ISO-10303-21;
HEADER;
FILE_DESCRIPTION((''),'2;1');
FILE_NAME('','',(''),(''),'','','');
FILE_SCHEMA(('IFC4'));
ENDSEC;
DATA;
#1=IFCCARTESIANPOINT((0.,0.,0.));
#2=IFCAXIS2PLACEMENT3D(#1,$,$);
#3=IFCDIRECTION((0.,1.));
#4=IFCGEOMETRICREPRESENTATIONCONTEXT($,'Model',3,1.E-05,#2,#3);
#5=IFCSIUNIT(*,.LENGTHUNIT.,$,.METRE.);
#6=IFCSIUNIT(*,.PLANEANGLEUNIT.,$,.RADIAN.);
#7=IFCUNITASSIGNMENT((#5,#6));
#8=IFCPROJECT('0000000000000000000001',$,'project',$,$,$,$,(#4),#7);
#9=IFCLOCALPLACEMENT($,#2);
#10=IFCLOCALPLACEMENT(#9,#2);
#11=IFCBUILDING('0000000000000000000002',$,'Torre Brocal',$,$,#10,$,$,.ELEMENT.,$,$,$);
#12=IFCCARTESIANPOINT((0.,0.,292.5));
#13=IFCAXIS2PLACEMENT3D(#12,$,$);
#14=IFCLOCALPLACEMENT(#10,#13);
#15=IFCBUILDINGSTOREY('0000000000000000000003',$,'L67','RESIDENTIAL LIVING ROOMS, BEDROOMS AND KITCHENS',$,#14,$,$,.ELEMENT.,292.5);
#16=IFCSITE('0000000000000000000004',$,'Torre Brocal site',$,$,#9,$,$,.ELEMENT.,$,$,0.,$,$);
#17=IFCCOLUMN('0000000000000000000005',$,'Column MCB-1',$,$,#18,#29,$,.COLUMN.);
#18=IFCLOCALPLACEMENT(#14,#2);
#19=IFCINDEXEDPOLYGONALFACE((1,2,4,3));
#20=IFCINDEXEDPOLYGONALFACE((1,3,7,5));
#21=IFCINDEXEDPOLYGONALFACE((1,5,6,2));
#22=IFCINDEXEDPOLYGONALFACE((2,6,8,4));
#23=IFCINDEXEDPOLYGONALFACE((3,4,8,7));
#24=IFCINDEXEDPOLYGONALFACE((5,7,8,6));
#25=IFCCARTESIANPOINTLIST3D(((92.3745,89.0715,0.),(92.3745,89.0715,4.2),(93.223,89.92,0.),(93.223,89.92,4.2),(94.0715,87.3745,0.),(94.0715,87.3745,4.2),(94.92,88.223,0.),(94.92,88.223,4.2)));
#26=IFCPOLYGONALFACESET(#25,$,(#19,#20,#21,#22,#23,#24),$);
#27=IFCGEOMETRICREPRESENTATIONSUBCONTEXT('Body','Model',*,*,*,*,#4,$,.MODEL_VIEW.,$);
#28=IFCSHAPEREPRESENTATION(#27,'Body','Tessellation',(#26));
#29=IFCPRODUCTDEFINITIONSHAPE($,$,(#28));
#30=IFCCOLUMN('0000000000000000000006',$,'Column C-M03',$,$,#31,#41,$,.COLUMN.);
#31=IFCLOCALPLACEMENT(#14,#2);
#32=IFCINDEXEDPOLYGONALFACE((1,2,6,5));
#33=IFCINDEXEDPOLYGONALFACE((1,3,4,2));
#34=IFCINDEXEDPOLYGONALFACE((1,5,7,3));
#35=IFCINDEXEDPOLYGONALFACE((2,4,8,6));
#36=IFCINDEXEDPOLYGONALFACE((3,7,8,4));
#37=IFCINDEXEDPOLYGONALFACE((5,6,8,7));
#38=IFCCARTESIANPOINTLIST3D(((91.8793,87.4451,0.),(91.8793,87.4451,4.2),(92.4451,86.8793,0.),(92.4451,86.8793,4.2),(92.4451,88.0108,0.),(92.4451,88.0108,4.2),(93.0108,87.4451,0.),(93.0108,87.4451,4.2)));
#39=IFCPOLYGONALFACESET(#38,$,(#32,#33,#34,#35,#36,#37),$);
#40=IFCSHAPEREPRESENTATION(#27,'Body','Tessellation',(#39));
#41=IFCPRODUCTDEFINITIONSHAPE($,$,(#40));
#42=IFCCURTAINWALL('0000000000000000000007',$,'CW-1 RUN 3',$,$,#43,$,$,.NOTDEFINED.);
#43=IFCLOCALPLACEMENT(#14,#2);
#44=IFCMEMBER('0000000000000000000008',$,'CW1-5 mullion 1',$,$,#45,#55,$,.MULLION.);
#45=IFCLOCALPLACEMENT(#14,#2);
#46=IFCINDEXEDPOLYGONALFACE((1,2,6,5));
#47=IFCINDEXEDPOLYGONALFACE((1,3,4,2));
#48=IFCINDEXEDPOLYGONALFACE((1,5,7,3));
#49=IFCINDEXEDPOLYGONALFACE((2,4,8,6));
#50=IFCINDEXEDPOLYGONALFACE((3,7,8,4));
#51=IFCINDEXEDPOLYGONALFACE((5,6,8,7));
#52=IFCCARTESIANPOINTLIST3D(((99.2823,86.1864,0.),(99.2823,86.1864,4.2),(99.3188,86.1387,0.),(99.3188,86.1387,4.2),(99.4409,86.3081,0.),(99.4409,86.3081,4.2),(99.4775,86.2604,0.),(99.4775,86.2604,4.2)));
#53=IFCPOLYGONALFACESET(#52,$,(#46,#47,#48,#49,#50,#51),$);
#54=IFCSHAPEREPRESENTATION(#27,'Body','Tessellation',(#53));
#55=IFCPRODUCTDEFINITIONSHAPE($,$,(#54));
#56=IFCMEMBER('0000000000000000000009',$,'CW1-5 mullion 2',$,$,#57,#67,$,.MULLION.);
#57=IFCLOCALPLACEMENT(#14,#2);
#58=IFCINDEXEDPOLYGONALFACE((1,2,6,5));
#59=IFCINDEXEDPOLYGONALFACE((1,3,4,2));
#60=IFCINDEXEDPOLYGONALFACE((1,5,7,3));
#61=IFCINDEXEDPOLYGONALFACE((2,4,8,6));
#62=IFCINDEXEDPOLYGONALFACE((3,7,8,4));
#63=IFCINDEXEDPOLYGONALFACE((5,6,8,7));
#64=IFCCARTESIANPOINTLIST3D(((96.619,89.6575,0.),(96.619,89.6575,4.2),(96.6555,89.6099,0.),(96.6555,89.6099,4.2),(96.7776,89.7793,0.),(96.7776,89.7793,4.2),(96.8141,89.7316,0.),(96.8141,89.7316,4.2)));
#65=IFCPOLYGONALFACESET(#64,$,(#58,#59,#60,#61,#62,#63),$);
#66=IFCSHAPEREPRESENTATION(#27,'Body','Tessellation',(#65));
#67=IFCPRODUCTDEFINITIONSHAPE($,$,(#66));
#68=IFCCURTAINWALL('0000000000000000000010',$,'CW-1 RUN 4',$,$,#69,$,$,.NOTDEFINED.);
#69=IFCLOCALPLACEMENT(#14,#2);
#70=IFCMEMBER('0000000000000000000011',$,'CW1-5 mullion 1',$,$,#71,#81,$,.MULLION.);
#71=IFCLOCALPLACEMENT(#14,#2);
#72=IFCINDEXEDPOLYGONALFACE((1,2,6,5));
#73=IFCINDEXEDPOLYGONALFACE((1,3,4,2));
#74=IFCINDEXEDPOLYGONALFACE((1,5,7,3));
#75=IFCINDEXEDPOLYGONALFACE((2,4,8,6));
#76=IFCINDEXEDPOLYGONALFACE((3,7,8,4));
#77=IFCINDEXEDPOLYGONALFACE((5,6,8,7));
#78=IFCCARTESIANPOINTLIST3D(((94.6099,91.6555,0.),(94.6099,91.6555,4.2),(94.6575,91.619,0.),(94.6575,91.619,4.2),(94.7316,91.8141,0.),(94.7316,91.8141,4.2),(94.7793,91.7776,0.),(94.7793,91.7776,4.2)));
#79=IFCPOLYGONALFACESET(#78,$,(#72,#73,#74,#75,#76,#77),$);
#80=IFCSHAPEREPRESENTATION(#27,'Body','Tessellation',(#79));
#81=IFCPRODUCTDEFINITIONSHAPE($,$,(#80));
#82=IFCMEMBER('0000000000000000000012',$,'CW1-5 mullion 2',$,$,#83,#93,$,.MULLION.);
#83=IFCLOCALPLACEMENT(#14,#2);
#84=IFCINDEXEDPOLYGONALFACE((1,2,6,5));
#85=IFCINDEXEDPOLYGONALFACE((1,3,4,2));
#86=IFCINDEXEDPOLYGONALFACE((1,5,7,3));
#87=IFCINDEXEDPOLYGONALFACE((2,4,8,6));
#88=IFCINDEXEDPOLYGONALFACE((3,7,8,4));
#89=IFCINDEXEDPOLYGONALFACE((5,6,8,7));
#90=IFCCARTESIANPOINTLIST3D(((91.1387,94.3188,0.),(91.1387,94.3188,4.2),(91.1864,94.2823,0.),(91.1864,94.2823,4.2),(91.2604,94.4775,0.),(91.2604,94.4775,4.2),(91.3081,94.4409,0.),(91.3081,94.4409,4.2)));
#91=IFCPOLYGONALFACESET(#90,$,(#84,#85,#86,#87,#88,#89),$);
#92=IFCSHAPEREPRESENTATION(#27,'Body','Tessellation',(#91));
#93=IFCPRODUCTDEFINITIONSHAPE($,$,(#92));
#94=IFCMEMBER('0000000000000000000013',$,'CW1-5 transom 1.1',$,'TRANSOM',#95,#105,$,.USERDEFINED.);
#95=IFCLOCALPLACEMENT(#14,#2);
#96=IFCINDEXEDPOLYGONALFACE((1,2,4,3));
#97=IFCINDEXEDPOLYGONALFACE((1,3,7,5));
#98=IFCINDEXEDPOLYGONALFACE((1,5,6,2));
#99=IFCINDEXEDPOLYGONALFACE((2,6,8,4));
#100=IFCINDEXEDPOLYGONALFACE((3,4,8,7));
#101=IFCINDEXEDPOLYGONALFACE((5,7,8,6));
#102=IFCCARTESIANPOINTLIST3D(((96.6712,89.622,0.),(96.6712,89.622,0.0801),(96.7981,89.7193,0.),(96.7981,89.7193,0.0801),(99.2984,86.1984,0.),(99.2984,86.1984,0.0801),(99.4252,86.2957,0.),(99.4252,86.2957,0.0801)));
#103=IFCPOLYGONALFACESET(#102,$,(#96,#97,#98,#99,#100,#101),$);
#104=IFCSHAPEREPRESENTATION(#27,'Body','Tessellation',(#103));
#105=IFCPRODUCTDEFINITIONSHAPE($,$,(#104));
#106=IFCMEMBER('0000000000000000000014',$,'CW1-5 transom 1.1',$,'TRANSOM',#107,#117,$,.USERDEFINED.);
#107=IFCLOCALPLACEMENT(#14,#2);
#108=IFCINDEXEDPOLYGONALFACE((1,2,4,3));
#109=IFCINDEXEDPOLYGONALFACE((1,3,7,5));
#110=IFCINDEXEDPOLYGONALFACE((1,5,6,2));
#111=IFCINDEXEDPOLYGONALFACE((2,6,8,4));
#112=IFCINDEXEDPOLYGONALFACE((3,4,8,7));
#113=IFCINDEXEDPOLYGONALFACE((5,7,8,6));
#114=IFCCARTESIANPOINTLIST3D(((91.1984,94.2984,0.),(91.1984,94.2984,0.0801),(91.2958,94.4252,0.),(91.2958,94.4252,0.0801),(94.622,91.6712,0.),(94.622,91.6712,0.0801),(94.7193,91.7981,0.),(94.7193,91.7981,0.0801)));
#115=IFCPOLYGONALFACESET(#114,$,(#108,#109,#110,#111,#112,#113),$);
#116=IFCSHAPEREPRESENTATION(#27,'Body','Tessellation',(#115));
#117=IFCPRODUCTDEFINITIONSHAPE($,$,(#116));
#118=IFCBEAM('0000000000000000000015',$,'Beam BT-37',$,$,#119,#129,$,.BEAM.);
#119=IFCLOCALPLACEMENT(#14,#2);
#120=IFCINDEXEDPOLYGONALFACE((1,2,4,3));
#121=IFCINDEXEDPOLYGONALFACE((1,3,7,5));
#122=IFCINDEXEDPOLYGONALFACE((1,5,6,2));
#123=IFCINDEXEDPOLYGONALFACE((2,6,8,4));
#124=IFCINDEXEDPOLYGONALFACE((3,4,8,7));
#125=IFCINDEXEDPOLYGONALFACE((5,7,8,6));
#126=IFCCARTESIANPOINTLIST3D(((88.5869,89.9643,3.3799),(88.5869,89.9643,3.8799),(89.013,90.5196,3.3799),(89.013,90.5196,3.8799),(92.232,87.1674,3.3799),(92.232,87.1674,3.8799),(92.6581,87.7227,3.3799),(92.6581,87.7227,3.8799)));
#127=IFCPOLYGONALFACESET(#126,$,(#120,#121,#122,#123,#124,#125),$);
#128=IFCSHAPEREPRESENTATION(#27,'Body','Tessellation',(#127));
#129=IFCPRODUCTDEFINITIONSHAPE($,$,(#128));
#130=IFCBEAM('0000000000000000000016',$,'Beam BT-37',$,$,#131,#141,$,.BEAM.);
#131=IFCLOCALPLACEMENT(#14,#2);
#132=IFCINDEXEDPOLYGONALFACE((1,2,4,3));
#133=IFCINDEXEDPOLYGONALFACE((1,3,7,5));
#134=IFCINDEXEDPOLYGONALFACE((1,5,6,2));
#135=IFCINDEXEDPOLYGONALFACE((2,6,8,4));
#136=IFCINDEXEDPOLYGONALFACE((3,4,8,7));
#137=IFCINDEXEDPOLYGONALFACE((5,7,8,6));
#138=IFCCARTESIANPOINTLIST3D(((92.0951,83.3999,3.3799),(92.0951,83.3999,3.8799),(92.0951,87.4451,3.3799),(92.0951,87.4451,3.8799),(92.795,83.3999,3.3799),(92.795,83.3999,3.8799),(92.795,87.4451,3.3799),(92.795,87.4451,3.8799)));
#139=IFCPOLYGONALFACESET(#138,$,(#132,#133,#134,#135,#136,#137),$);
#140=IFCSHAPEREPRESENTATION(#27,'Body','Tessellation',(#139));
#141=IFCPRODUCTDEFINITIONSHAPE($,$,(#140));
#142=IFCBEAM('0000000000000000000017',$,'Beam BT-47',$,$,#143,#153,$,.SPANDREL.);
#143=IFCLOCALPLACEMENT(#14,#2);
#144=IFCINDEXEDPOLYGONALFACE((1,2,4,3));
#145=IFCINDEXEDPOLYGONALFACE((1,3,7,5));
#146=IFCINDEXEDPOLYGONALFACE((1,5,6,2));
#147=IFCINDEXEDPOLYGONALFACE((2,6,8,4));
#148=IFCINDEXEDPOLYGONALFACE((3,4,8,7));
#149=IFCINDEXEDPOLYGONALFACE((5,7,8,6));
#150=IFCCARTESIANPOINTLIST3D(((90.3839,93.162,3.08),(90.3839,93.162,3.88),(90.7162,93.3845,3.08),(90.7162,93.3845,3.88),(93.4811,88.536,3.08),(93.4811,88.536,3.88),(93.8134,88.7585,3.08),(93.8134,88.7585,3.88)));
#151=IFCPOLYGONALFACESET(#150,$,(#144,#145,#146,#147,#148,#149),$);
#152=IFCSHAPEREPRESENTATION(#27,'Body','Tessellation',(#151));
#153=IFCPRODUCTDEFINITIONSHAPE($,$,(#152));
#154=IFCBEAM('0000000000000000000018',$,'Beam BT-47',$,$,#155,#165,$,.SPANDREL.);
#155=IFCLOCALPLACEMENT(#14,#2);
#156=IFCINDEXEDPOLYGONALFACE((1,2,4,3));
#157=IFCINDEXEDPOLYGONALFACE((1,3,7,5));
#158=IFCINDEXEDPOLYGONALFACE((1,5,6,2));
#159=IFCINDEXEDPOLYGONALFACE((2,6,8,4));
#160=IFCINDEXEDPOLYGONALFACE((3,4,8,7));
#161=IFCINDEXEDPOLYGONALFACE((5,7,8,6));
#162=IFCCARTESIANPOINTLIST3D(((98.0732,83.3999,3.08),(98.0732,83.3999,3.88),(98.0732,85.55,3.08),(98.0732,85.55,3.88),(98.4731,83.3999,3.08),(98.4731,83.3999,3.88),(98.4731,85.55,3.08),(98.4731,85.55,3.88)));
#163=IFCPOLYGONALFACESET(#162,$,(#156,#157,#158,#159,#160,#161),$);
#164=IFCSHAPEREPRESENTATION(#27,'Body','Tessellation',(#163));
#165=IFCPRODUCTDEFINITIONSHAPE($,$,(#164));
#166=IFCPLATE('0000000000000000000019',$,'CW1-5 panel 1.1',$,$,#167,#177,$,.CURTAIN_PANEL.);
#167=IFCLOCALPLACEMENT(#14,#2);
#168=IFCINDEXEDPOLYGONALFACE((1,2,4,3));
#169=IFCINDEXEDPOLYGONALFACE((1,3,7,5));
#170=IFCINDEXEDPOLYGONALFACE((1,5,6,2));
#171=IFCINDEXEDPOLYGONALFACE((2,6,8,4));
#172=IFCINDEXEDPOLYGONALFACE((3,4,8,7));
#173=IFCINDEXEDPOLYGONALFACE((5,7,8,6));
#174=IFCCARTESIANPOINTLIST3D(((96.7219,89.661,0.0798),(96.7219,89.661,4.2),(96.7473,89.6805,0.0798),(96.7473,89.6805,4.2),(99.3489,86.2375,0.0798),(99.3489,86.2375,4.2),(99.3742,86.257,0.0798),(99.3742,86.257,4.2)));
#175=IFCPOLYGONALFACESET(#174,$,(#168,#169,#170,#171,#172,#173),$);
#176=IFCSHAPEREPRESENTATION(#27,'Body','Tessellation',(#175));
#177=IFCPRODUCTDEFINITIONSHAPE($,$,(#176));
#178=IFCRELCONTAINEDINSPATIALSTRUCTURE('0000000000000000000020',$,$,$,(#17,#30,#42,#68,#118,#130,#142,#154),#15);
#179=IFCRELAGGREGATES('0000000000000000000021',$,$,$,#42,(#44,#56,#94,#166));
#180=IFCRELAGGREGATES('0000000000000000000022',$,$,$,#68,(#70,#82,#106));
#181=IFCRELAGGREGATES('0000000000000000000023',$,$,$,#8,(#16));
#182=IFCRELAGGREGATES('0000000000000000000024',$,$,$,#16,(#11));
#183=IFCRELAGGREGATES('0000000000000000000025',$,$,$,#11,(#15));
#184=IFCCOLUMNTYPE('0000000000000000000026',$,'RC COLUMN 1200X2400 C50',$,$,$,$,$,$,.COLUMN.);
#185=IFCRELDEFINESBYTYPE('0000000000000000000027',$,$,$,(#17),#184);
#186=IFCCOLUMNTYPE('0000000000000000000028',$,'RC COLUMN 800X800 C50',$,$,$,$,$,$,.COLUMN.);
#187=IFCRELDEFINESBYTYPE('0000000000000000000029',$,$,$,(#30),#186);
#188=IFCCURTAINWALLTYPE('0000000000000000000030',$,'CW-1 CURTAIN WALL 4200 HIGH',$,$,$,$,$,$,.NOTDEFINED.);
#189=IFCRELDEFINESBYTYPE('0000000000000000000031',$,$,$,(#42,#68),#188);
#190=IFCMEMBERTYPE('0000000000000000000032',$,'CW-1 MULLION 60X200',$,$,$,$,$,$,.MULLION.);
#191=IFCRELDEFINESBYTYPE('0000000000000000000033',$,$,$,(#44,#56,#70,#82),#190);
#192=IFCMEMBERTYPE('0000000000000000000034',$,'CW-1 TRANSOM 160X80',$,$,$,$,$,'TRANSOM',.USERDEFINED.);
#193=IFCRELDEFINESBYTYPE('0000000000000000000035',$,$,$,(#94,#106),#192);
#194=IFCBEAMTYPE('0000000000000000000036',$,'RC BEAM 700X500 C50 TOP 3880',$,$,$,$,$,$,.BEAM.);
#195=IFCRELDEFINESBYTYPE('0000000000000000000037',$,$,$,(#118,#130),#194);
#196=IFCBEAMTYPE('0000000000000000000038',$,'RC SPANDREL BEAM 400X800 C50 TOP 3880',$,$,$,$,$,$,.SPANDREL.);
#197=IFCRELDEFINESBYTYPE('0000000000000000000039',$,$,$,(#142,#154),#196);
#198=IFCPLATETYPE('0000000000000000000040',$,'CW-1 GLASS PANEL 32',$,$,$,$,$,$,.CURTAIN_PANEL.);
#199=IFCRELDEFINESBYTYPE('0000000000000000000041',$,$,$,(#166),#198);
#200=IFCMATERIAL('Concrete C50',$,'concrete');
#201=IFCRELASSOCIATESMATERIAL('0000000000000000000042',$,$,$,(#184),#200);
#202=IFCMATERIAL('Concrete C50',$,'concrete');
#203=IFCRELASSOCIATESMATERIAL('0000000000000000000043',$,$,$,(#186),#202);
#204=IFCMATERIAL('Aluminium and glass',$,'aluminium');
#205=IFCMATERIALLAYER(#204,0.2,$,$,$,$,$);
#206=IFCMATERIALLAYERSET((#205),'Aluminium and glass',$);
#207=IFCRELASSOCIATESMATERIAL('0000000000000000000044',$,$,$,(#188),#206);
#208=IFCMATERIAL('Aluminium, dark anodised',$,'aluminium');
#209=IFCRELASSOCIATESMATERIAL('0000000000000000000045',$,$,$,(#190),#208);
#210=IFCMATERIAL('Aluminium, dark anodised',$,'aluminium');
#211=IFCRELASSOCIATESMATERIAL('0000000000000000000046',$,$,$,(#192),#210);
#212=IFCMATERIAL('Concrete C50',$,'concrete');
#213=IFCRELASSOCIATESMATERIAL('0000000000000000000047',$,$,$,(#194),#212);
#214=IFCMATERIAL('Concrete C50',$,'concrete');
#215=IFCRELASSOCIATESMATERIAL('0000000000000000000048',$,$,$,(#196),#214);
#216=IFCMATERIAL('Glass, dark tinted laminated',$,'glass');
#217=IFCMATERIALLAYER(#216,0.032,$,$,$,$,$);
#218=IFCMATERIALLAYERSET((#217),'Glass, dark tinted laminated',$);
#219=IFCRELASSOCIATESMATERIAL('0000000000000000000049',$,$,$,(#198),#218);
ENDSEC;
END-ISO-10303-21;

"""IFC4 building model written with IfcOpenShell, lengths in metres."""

from ifc_helpers import new_model, si_unit, direction, frame, origin, origin_2d, place, context, subcontext, project, spatial, rectangle, extrude, material, layer, layer_set, material_profile, profile_set, type_object, element, aggregate, save


model = new_model("IFC4")

# Units and contexts
model_context = context("Model", 3, precision=1e-05, world=origin(), true_north=direction((0.0, 1.0)))
body_context = subcontext(model_context, "Body", "Model", "MODEL_VIEW")
ifc_project = project(units=[si_unit("LENGTHUNIT", "METRE"), si_unit("PLANEANGLEUNIT", "RADIAN")], contexts=[model_context])

# Site, building, storey
site_placement = place(None, origin())
site = spatial("IfcSite", under=ifc_project, at=site_placement, Name="Torre Brocal site", CompositionType="ELEMENT", RefElevation=0.0)
building_placement = place(site_placement, origin())
building = spatial("IfcBuilding", under=site, at=building_placement, Name="Torre Brocal", CompositionType="ELEMENT")
storey_placement = place(building_placement, frame((0.0, 0.0, 292.5)))
storey = spatial("IfcBuildingStorey", under=building, at=storey_placement, Name="L67", Description="RESIDENTIAL LIVING ROOMS, BEDROOMS AND KITCHENS", CompositionType="ELEMENT", Elevation=292.5)

# Columns
ifc_material_1 = material(Name="Concrete C50", Category="concrete")
ifc_material_profile_1 = material_profile(ifc_material_1, rectangle(XDim=1.2, YDim=2.3999, at=origin_2d()), Name="RC 1200X2400")
ifc_profile_set_1 = profile_set([ifc_material_profile_1], Name="Concrete C50")
column_type_1 = type_object("IfcColumnType", Name="RC COLUMN 1200X2400 C50", PredefinedType="COLUMN", material=ifc_profile_set_1)
column_1_placement = place(storey_placement, frame((93.6472, 88.6472, 0.0), z_axis=(0.0, 0.0, 1.0), x_axis=(0.707107, 0.707107, 0.0)))
element("IfcColumn", 1, at=column_1_placement, inside=storey, type_object=column_type_1, Name="Column MCB-1", PredefinedType="COLUMN", context=body_context, shape_type="SweptSolid", body=[
    extrude(rectangle(XDim=1.2, YDim=2.3999, at=origin_2d()), origin(), (0.0, 0.0, 1.0), 4.2),
])
ifc_material_2 = material(Name="Concrete C50", Category="concrete")
ifc_material_profile_2 = material_profile(ifc_material_2, rectangle(XDim=0.8, YDim=0.8, at=origin_2d()), Name="RC 800X800")
ifc_profile_set_2 = profile_set([ifc_material_profile_2], Name="Concrete C50")
column_type_2 = type_object("IfcColumnType", Name="RC COLUMN 800X800 C50", PredefinedType="COLUMN", material=ifc_profile_set_2)
column_2_placement = place(storey_placement, frame((92.4451, 87.4451, 0.0), z_axis=(0.0, 0.0, 1.0), x_axis=(0.707107, 0.707107, 0.0)))
element("IfcColumn", 2, at=column_2_placement, inside=storey, type_object=column_type_2, Name="Column C-M03", PredefinedType="COLUMN", context=body_context, shape_type="SweptSolid", body=[
    extrude(rectangle(XDim=0.8, YDim=0.8, at=origin_2d()), origin(), (0.0, 0.0, 1.0), 4.2),
])

# Curtain walls, members
ifc_material_3 = material(Name="Aluminium and glass", Category="aluminium")
ifc_layer_1 = layer(ifc_material_3, 0.2)
ifc_layer_set_1 = layer_set([ifc_layer_1], Name="Aluminium and glass")
curtain_wall_type = type_object("IfcCurtainWallType", Name="CW-1 CURTAIN WALL 4200 HIGH", PredefinedType="NOTDEFINED", material=ifc_layer_set_1)
curtain_wall_1_placement = place(storey_placement, origin())
curtain_wall_1 = element("IfcCurtainWall", 3, at=curtain_wall_1_placement, inside=storey, type_object=curtain_wall_type, Name="CW-1 RUN 3", PredefinedType="NOTDEFINED")
ifc_material_4 = material(Name="Aluminium, dark anodised", Category="aluminium")
ifc_material_profile_3 = material_profile(ifc_material_4, rectangle(XDim=0.2, YDim=0.0601, at=origin_2d()), Name="CW-1 MULLION 60X200")
ifc_profile_set_3 = profile_set([ifc_material_profile_3], Name="Aluminium, dark anodised")
member_type_1 = type_object("IfcMemberType", Name="CW-1 MULLION 60X200", PredefinedType="MULLION", material=ifc_profile_set_3)
member_1_placement = place(storey_placement, frame((99.3799, 86.2234, 0.0), z_axis=(0.0, 0.0, 1.0), x_axis=(-0.793353, -0.608761, 0.0)))
member_1 = element("IfcMember", 4, at=member_1_placement, type_object=member_type_1, Name="CW1-5 mullion 1", PredefinedType="MULLION", context=body_context, shape_type="SweptSolid", body=[
    extrude(rectangle(XDim=0.2, YDim=0.0601, at=origin_2d()), origin(), (0.0, 0.0, 1.0), 4.2),
])
member_2_placement = place(storey_placement, frame((96.7166, 89.6946, 0.0), z_axis=(0.0, 0.0, 1.0), x_axis=(-0.793353, -0.608761, 0.0)))
member_2 = element("IfcMember", 5, at=member_2_placement, type_object=member_type_1, Name="CW1-5 mullion 2", PredefinedType="MULLION", context=body_context, shape_type="SweptSolid", body=[
    extrude(rectangle(XDim=0.2, YDim=0.0601, at=origin_2d()), origin(), (0.0, 0.0, 1.0), 4.2),
])
curtain_wall_2_placement = place(storey_placement, origin())
curtain_wall_2 = element("IfcCurtainWall", 6, at=curtain_wall_2_placement, inside=storey, type_object=curtain_wall_type, Name="CW-1 RUN 4", PredefinedType="NOTDEFINED")
member_3_placement = place(storey_placement, frame((94.6946, 91.7166, 0.0), z_axis=(0.0, 0.0, 1.0), x_axis=(-0.608761, -0.793353, 0.0)))
member_3 = element("IfcMember", 7, at=member_3_placement, type_object=member_type_1, Name="CW1-5 mullion 1", PredefinedType="MULLION", context=body_context, shape_type="SweptSolid", body=[
    extrude(rectangle(XDim=0.2, YDim=0.0601, at=origin_2d()), origin(), (0.0, 0.0, 1.0), 4.2),
])
member_4_placement = place(storey_placement, frame((91.2234, 94.3799, 0.0), z_axis=(0.0, 0.0, 1.0), x_axis=(-0.608761, -0.793353, 0.0)))
member_4 = element("IfcMember", 8, at=member_4_placement, type_object=member_type_1, Name="CW1-5 mullion 2", PredefinedType="MULLION", context=body_context, shape_type="SweptSolid", body=[
    extrude(rectangle(XDim=0.2, YDim=0.0601, at=origin_2d()), origin(), (0.0, 0.0, 1.0), 4.2),
])

# Members
ifc_material_5 = material(Name="Aluminium, dark anodised", Category="aluminium")
ifc_material_profile_4 = material_profile(ifc_material_5, rectangle(XDim=0.1599, YDim=0.0801, at=origin_2d()), Name="CW-1 TRANSOM 160X80")
ifc_profile_set_4 = profile_set([ifc_material_profile_4], Name="Aluminium, dark anodised")
member_type_2 = type_object("IfcMemberType", Name="CW-1 TRANSOM 160X80", ElementType="TRANSOM", PredefinedType="USERDEFINED", material=ifc_profile_set_4)
member_5_placement = place(storey_placement, frame((99.3618, 86.2471, 0.04), z_axis=(-0.608789, 0.793332, 0.0), x_axis=(-0.793332, -0.608789, 0.0)))
member_5 = element("IfcMember", 9, at=member_5_placement, type_object=member_type_2, Name="CW1-5 transom 1.1", ObjectType="TRANSOM", PredefinedType="USERDEFINED", context=body_context, shape_type="SweptSolid", body=[
    extrude(rectangle(XDim=0.1599, YDim=0.0801, at=origin_2d()), origin(), (0.0, 0.0, 1.0), 4.3154),
])
member_6_placement = place(storey_placement, frame((94.6707, 91.7346, 0.04), z_axis=(-0.793332, 0.608789, 0.0), x_axis=(-0.608789, -0.793332, 0.0)))
member_6 = element("IfcMember", 10, at=member_6_placement, type_object=member_type_2, Name="CW1-5 transom 1.1", ObjectType="TRANSOM", PredefinedType="USERDEFINED", context=body_context, shape_type="SweptSolid", body=[
    extrude(rectangle(XDim=0.1599, YDim=0.0801, at=origin_2d()), origin(), (0.0, 0.0, 1.0), 4.3154),
])

# Beams
ifc_material_6 = material(Name="Concrete C50", Category="concrete")
ifc_material_profile_5 = material_profile(ifc_material_6, rectangle(XDim=0.7, YDim=0.5, at=origin_2d()), Name="RC 700X500")
ifc_profile_set_5 = profile_set([ifc_material_profile_5], Name="Concrete C50")
beam_type_1 = type_object("IfcBeamType", Name="RC BEAM 700X500 C50 TOP 3880", PredefinedType="BEAM", material=ifc_profile_set_5)
beam_1_placement = place(storey_placement, frame((92.4451, 87.4451, 3.6299), z_axis=(-0.793358, 0.608755, 0.0), x_axis=(-0.608755, -0.793358, 0.0)))
element("IfcBeam", 11, at=beam_1_placement, inside=storey, type_object=beam_type_1, Name="Beam BT-37", PredefinedType="BEAM", context=body_context, shape_type="SweptSolid", body=[
    extrude(rectangle(XDim=0.7, YDim=0.5, at=origin_2d()), origin(), (0.0, 0.0, 1.0), 4.5945),
])
beam_2_placement = place(storey_placement, frame((92.4451, 87.4451, 3.6299), z_axis=(0.0, -1.0, 0.0), x_axis=(1.0, 0.0, 0.0)))
element("IfcBeam", 12, at=beam_2_placement, inside=storey, type_object=beam_type_1, Name="Beam BT-37", PredefinedType="BEAM", context=body_context, shape_type="SweptSolid", body=[
    extrude(rectangle(XDim=0.7, YDim=0.5, at=origin_2d()), origin(), (0.0, 0.0, 1.0), 4.0452),
])
ifc_material_7 = material(Name="Concrete C50", Category="concrete")
ifc_material_profile_6 = material_profile(ifc_material_7, rectangle(XDim=0.3999, YDim=0.8, at=origin_2d()), Name="RC 400X800")
ifc_profile_set_6 = profile_set([ifc_material_profile_6], Name="Concrete C50")
beam_type_2 = type_object("IfcBeamType", Name="RC SPANDREL BEAM 400X800 C50 TOP 3880", PredefinedType="SPANDREL", material=ifc_profile_set_6)
beam_3_placement = place(storey_placement, frame((93.6472, 88.6472, 3.48), z_axis=(-0.556339, 0.830956, 0.0), x_axis=(-0.830956, -0.556339, 0.0)))
element("IfcBeam", 13, at=beam_3_placement, inside=storey, type_object=beam_type_2, Name="Beam BT-47", PredefinedType="SPANDREL", context=body_context, shape_type="SweptSolid", body=[
    extrude(rectangle(XDim=0.3999, YDim=0.8, at=origin_2d()), origin(), (0.0, 0.0, 1.0), 5.5671),
])
beam_4_placement = place(storey_placement, frame((98.2732, 85.55, 3.48), z_axis=(0.0, -1.0, 0.0), x_axis=(1.0, 0.0, 0.0)))
element("IfcBeam", 14, at=beam_4_placement, inside=storey, type_object=beam_type_2, Name="Beam BT-47", PredefinedType="SPANDREL", context=body_context, shape_type="SweptSolid", body=[
    extrude(rectangle(XDim=0.3999, YDim=0.8, at=origin_2d()), origin(), (0.0, 0.0, 1.0), 2.1501),
])

# Plate
ifc_material_8 = material(Name="Glass, dark tinted laminated", Category="glass")
ifc_layer_2 = layer(ifc_material_8, 0.032)
ifc_layer_set_2 = layer_set([ifc_layer_2], Name="Glass, dark tinted laminated")
plate_type = type_object("IfcPlateType", Name="CW-1 GLASS PANEL 32", PredefinedType="CURTAIN_PANEL", material=ifc_layer_set_2)
plate_1_placement = place(storey_placement, frame((98.0481, 87.959, 0.0798), z_axis=(0.0, 0.0, 1.0), x_axis=(-0.608761, 0.793353, 0.0)))
plate_1 = element("IfcPlate", 15, at=plate_1_placement, type_object=plate_type, Name="CW1-5 panel 1.1", PredefinedType="CURTAIN_PANEL", context=body_context, shape_type="SweptSolid", body=[
    extrude(rectangle(XDim=4.3152, YDim=0.032, at=origin_2d()), origin(), (0.0, 0.0, 1.0), 4.1201),
])
aggregate(curtain_wall_1, [member_1, member_2, member_5, plate_1])
aggregate(curtain_wall_2, [member_3, member_4, member_6])

save(model, "model.ifc")
